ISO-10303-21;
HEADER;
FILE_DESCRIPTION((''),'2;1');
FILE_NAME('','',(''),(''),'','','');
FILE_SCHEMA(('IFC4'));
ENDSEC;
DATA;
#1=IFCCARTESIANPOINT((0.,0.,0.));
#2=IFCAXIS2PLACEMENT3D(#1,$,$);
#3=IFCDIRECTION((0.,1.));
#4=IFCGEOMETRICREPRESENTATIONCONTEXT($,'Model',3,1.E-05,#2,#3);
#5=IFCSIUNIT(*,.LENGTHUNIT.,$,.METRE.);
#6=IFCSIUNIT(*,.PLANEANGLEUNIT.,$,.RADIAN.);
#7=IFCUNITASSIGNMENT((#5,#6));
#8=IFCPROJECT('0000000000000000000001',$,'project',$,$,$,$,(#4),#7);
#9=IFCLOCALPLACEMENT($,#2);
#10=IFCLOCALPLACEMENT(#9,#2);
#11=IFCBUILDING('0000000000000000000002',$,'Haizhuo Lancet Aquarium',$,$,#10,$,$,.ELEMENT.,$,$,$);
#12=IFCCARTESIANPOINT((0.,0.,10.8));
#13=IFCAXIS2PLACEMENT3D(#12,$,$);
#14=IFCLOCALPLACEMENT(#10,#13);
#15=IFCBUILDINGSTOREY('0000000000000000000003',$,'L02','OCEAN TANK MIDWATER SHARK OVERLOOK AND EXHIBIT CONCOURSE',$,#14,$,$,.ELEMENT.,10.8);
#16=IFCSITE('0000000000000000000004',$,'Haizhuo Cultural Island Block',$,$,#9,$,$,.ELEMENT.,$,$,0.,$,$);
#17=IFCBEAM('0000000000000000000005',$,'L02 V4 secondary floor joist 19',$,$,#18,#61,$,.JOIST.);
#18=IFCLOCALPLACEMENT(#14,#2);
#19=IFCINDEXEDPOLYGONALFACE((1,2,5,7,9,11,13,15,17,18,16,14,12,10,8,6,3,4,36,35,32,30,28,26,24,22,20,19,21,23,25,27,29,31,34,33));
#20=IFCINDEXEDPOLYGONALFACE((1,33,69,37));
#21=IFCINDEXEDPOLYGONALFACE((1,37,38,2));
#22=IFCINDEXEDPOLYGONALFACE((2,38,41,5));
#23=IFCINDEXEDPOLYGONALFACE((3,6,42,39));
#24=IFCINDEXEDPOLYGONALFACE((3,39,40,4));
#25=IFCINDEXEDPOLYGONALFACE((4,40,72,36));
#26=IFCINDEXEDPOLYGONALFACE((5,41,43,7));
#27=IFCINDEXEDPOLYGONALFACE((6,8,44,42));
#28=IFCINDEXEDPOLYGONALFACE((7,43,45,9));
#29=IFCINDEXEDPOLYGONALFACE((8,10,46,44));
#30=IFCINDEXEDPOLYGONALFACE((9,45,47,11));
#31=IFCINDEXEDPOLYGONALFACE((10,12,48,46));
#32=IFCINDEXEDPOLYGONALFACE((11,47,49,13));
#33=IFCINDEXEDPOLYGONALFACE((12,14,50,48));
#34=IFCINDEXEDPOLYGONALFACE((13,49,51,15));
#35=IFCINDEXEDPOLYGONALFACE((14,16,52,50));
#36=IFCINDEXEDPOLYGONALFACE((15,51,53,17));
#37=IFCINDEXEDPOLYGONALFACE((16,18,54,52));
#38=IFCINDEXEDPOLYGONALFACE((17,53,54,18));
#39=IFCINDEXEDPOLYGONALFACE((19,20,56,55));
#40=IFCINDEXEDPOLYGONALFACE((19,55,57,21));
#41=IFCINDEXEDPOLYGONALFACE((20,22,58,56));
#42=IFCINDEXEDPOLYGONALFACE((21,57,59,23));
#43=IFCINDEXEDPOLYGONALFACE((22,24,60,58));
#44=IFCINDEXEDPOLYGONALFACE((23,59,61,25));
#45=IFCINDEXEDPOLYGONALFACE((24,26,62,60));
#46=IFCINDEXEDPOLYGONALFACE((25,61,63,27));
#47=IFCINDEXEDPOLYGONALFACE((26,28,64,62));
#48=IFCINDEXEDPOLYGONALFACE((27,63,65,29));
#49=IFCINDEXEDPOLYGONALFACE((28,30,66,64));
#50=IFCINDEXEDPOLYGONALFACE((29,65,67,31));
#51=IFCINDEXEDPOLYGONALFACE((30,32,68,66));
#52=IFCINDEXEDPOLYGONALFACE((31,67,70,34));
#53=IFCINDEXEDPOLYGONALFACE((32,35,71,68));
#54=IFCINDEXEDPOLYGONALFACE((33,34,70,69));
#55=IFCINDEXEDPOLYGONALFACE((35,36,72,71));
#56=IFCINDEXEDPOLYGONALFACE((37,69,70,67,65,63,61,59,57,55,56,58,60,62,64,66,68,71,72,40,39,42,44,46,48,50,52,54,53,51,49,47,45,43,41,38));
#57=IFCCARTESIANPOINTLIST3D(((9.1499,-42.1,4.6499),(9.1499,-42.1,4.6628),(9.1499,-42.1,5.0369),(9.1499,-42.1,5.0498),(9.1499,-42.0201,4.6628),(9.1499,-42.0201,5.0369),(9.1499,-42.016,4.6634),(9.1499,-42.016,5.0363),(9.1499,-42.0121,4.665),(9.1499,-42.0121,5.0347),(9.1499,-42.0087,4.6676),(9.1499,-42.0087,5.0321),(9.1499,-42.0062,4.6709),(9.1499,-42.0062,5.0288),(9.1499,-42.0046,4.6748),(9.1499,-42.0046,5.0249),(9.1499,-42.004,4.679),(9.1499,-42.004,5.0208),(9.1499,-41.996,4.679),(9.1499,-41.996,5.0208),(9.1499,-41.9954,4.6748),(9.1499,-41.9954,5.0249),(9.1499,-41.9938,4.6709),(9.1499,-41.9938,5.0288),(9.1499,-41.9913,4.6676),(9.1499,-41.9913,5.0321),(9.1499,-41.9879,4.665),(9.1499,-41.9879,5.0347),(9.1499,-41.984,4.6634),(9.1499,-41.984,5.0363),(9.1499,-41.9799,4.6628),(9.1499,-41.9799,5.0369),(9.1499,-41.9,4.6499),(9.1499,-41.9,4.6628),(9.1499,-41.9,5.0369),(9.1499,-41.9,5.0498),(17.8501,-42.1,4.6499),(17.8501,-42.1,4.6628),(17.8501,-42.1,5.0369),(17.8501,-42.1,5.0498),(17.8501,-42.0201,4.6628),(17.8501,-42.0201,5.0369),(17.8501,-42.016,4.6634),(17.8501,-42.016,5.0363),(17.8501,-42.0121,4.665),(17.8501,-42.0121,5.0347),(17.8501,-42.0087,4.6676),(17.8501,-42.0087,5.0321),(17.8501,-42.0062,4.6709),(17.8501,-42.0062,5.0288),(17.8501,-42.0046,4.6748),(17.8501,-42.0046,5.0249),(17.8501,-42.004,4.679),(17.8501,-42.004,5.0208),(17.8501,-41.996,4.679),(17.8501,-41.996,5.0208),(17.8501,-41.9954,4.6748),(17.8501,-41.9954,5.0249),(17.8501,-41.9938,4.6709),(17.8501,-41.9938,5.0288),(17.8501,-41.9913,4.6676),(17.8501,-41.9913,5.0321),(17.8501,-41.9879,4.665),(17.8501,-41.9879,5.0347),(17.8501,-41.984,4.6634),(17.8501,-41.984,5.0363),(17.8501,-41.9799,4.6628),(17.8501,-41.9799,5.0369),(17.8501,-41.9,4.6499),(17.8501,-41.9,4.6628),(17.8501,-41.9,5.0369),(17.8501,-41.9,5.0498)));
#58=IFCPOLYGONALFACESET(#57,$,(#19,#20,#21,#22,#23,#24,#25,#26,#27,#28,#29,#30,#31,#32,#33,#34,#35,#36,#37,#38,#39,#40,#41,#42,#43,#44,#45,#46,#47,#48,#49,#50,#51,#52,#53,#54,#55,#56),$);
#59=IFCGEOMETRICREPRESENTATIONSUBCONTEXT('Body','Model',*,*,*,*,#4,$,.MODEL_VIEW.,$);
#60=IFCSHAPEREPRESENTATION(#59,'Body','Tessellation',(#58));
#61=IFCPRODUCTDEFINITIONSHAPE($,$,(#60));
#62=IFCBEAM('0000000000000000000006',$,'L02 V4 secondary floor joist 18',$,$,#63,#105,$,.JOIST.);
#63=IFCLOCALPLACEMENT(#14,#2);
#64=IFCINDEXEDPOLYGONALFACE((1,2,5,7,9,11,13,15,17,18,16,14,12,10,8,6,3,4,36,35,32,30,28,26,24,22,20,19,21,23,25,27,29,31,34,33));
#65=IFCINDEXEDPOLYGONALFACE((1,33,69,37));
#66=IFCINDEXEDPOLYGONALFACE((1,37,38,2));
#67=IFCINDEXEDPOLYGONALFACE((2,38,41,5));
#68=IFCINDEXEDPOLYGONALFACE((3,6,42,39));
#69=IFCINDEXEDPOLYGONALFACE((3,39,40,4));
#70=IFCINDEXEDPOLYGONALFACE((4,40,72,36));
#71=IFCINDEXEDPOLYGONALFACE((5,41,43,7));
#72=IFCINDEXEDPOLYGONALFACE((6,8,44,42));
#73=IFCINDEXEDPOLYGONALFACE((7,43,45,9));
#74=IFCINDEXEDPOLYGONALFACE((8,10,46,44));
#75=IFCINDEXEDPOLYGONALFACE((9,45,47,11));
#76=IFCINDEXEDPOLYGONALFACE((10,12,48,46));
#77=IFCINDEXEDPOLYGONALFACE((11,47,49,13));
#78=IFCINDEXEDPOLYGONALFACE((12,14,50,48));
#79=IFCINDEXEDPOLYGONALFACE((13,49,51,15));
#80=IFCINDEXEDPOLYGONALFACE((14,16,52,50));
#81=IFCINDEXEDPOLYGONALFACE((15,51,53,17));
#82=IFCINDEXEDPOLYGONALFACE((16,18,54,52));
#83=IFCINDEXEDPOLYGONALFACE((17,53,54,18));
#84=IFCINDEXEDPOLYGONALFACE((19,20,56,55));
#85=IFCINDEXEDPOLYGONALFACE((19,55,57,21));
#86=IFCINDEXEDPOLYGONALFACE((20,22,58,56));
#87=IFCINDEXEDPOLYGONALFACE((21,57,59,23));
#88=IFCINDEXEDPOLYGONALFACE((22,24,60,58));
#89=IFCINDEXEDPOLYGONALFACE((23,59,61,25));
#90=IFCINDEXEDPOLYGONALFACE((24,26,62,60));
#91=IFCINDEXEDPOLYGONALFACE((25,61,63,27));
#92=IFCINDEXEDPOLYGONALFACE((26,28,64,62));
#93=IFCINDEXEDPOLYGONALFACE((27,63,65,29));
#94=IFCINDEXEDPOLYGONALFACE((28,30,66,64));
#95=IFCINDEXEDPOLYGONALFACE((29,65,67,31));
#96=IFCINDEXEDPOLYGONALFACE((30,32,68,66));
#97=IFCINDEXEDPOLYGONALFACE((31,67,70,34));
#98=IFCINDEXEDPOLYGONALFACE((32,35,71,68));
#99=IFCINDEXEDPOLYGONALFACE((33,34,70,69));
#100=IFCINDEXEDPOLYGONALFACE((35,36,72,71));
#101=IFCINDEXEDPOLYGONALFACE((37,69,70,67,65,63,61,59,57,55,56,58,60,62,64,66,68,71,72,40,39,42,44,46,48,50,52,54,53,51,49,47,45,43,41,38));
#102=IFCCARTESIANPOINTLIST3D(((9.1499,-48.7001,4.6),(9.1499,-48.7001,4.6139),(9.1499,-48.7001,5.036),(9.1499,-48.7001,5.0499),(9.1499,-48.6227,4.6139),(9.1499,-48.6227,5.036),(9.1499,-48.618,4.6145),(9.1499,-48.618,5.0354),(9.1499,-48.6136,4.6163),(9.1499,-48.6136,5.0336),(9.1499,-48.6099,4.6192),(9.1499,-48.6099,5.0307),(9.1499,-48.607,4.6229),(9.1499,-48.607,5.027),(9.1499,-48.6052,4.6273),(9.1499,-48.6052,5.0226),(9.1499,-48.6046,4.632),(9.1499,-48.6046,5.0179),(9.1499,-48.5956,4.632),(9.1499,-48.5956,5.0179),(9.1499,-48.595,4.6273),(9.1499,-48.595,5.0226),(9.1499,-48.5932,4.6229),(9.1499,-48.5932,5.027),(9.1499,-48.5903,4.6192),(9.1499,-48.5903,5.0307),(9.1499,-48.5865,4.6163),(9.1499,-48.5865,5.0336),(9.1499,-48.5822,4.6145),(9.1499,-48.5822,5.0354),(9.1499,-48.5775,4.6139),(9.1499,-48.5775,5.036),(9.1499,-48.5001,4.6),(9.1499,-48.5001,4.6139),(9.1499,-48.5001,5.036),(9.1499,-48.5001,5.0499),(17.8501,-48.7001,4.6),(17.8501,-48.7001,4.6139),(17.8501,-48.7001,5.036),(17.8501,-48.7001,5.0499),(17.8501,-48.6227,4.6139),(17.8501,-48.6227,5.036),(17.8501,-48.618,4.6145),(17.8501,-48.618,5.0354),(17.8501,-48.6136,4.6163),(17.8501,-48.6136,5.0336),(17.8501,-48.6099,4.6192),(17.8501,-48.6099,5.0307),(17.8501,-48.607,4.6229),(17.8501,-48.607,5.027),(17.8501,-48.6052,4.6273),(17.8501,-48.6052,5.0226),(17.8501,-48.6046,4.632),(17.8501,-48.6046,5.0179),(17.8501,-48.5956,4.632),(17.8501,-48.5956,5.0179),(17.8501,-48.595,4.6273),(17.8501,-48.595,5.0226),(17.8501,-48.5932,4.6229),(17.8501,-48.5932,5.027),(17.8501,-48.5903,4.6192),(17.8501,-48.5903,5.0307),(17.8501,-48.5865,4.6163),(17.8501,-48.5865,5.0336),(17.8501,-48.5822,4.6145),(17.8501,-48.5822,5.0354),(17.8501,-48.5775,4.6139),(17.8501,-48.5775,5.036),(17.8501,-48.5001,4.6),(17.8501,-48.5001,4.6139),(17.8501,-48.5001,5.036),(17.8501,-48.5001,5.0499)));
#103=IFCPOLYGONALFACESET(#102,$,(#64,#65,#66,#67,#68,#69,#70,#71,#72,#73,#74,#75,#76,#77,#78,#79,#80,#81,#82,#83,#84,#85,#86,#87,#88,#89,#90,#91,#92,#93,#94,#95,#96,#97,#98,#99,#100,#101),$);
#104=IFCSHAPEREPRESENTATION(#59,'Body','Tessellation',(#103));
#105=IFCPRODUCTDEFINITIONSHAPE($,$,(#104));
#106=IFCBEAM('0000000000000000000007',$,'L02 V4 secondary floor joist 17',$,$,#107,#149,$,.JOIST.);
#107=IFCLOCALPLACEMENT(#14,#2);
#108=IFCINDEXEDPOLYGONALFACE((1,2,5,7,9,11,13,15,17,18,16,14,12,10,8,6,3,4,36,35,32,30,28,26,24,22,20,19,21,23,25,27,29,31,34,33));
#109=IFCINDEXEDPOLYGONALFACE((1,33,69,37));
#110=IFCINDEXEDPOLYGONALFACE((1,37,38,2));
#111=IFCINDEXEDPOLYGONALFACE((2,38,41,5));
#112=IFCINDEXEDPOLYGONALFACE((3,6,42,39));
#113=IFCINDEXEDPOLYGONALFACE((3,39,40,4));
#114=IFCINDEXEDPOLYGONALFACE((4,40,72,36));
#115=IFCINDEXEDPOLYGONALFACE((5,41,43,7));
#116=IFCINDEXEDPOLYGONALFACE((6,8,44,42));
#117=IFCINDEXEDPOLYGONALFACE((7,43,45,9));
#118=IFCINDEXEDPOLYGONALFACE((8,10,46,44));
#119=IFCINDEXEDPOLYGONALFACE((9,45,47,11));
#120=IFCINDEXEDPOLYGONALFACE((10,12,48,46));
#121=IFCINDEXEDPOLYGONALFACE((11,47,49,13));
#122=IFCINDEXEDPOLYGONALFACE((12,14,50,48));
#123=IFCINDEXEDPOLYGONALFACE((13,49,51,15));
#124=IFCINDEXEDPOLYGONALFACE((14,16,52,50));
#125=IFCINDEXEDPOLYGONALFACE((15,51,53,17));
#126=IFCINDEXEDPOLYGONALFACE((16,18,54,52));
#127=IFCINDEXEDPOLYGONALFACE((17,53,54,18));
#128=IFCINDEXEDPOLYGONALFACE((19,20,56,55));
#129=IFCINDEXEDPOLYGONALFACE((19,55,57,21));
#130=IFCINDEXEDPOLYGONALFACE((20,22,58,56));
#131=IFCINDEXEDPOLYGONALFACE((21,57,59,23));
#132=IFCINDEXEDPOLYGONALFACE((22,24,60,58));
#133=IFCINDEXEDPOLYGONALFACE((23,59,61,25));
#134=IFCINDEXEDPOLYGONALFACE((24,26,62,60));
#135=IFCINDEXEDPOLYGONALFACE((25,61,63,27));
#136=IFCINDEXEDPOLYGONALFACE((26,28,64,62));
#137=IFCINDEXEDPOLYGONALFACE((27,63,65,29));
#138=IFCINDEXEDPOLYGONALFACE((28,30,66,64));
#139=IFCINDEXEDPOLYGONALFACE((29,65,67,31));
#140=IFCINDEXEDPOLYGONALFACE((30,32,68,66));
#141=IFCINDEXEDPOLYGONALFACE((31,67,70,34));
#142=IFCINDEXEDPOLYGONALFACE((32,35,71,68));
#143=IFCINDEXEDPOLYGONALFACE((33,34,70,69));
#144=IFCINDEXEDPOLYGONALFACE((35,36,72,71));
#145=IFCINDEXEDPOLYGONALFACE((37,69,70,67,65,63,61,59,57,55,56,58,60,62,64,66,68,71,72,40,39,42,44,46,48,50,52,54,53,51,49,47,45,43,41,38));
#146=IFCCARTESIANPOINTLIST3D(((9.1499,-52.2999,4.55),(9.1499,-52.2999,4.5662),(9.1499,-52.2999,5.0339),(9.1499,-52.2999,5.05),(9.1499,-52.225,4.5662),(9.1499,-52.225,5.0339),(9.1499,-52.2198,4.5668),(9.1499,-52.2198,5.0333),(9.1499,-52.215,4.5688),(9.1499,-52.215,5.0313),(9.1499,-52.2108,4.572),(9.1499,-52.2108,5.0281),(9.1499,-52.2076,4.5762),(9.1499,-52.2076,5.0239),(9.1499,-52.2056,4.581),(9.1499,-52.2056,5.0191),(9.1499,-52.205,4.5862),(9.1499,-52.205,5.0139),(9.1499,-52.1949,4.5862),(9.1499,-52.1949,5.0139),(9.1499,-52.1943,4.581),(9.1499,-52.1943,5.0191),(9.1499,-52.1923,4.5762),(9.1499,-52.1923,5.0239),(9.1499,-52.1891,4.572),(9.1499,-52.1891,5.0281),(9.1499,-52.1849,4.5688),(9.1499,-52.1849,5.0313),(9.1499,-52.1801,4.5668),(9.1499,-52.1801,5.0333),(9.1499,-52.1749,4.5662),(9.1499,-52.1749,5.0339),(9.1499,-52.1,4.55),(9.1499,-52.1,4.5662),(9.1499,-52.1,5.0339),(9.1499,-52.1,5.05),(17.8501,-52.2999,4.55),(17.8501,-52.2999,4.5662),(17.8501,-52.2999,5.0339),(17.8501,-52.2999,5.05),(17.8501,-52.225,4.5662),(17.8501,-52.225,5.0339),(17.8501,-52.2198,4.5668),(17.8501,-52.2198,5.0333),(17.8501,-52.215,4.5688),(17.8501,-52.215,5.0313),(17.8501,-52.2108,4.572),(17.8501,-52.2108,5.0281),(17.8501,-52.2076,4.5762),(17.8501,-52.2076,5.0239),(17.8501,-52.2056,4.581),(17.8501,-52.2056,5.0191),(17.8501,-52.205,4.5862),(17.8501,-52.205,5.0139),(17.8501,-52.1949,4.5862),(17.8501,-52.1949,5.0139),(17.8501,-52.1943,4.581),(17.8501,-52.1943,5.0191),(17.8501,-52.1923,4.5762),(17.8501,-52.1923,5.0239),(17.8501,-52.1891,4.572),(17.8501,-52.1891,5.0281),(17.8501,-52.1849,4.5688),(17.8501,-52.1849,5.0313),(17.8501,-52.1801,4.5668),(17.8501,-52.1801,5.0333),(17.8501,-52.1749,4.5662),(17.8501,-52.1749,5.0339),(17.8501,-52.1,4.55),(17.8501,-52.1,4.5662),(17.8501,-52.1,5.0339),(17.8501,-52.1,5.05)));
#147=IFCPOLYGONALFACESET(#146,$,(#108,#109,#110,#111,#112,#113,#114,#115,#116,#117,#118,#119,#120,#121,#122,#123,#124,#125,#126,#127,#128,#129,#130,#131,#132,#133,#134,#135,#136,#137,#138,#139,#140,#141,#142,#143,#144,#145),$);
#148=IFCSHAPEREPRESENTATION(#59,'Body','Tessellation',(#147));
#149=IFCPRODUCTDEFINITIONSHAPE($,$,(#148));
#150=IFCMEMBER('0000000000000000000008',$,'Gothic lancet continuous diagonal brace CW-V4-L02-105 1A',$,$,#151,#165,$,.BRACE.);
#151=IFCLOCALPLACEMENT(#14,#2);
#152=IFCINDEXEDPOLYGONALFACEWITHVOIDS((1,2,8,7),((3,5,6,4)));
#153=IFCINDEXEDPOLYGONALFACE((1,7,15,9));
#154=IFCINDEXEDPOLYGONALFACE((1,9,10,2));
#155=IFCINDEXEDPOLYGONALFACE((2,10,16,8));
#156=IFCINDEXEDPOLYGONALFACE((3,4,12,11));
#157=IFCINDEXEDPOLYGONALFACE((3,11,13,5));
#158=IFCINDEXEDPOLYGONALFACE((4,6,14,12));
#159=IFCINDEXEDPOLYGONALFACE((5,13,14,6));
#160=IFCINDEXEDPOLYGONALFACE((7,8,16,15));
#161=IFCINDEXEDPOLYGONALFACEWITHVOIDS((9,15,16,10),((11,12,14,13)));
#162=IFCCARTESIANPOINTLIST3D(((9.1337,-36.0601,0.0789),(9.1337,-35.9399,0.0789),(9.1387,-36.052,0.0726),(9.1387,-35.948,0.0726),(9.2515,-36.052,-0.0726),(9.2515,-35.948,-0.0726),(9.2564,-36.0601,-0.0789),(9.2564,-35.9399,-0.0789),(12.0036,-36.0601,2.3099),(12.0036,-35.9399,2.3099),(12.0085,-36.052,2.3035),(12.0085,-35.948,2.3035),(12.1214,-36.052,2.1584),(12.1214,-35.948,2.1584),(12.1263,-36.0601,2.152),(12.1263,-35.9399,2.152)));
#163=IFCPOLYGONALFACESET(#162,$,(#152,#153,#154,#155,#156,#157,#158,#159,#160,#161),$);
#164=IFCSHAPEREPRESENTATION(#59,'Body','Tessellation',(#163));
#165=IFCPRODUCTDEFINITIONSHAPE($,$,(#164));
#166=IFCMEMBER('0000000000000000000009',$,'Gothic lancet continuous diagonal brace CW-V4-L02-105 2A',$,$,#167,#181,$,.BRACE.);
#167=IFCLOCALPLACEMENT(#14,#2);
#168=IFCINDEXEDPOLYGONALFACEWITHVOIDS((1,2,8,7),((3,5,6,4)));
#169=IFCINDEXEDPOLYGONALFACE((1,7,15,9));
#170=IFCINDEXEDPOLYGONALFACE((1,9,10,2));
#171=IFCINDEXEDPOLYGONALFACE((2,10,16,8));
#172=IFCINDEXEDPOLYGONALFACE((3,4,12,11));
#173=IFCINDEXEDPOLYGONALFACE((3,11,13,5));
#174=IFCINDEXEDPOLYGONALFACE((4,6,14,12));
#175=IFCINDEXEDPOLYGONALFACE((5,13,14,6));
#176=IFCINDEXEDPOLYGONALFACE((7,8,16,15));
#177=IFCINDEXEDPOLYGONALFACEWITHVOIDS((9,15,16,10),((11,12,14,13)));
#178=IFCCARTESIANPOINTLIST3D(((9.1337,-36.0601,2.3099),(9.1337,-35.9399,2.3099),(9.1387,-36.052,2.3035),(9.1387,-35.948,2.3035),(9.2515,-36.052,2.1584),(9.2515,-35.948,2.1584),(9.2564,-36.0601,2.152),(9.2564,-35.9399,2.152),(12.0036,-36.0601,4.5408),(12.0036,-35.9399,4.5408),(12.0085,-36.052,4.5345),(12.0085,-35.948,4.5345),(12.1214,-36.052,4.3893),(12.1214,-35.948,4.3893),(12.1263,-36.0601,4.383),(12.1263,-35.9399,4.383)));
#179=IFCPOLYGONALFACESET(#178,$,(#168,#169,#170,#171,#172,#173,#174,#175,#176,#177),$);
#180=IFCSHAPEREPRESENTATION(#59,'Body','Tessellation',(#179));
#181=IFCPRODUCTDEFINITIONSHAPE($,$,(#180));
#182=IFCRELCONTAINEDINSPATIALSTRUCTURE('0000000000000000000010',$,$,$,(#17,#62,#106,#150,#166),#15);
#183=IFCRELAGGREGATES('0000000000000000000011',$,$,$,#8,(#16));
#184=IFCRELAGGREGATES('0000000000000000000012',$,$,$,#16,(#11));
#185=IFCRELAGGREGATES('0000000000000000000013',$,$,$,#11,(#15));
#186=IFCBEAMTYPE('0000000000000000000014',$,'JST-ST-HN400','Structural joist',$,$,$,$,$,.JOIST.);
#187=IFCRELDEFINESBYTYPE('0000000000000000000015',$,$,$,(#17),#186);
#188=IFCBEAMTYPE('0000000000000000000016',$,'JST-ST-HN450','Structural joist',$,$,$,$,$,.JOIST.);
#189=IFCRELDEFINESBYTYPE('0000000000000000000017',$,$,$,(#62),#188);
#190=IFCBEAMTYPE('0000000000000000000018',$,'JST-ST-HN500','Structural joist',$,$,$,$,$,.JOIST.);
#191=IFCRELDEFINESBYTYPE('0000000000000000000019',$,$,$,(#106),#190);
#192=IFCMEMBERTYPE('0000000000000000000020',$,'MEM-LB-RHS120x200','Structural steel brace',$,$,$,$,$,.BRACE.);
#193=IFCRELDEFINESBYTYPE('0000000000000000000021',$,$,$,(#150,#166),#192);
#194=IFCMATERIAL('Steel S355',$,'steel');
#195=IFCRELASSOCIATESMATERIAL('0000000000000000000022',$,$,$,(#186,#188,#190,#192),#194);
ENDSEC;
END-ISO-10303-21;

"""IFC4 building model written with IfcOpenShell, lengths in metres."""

from ifc_helpers import new_model, si_unit, direction, frame, origin, origin_2d, place, context, subcontext, project, spatial, hollow_rectangle, i_section, extrude, material, material_profile, profile_set, type_object, element, save


model = new_model("IFC4")

# Units and contexts
model_context = context("Model", 3, precision=1e-05, world=origin(), true_north=direction((0.0, 1.0)))
body_context = subcontext(model_context, "Body", "Model", "MODEL_VIEW")
ifc_project = project(units=[si_unit("LENGTHUNIT", "METRE"), si_unit("PLANEANGLEUNIT", "RADIAN")], contexts=[model_context])

# Site, building, storey
site_placement = place(None, origin())
site = spatial("IfcSite", under=ifc_project, at=site_placement, Name="Haizhuo Cultural Island Block", CompositionType="ELEMENT", RefElevation=0.0)
building_placement = place(site_placement, origin())
building = spatial("IfcBuilding", under=site, at=building_placement, Name="Haizhuo Lancet Aquarium", CompositionType="ELEMENT")
storey_placement = place(building_placement, frame((0.0, 0.0, 10.8)))
storey = spatial("IfcBuildingStorey", under=building, at=storey_placement, Name="L02", Description="OCEAN TANK MIDWATER SHARK OVERLOOK AND EXHIBIT CONCOURSE", CompositionType="ELEMENT", Elevation=10.8)

# Shared definitions
ifc_material_1 = material(Name="Steel S355", Category="steel")

# Beams
ifc_material_profile_1 = material_profile(ifc_material_1, i_section(OverallWidth=0.2, OverallDepth=0.3999, WebThickness=0.0081, FlangeThickness=0.0129, FilletRadius=0.0161, at=origin_2d()), Name="HN 400x200x8x13")
ifc_profile_set_1 = profile_set([ifc_material_profile_1], Name="Steel S355")
beam_type_1 = type_object("IfcBeamType", Name="JST-ST-HN400", Description="Structural joist", PredefinedType="JOIST", material=ifc_profile_set_1)
beam_1_placement = place(storey_placement, frame((9.1499, -42.0, 4.8499), z_axis=(1.0, 0.0, 0.0), x_axis=(0.0, 1.0, 0.0)))
element("IfcBeam", 1, at=beam_1_placement, inside=storey, type_object=beam_type_1, Name="L02 V4 secondary floor joist 19", PredefinedType="JOIST", context=body_context, shape_type="SweptSolid", body=[
    extrude(i_section(OverallWidth=0.2, OverallDepth=0.3999, WebThickness=0.0081, FlangeThickness=0.0129, FilletRadius=0.0161, at=origin_2d()), origin(), (0.0, 0.0, 1.0), 8.7002),
])
ifc_material_profile_2 = material_profile(ifc_material_1, i_section(OverallWidth=0.2, OverallDepth=0.45, WebThickness=0.009, FlangeThickness=0.0139, FilletRadius=0.0181, at=origin_2d()), Name="HN 450x200x9x14")
ifc_profile_set_2 = profile_set([ifc_material_profile_2], Name="Steel S355")
beam_type_2 = type_object("IfcBeamType", Name="JST-ST-HN450", Description="Structural joist", PredefinedType="JOIST", material=ifc_profile_set_2)
beam_2_placement = place(storey_placement, frame((9.1499, -48.6001, 4.825), z_axis=(1.0, 0.0, 0.0), x_axis=(0.0, 1.0, 0.0)))
element("IfcBeam", 2, at=beam_2_placement, inside=storey, type_object=beam_type_2, Name="L02 V4 secondary floor joist 18", PredefinedType="JOIST", context=body_context, shape_type="SweptSolid", body=[
    extrude(i_section(OverallWidth=0.2, OverallDepth=0.45, WebThickness=0.009, FlangeThickness=0.0139, FilletRadius=0.0181, at=origin_2d()), origin(), (0.0, 0.0, 1.0), 8.7002),
])
ifc_material_profile_3 = material_profile(ifc_material_1, i_section(OverallWidth=0.2, OverallDepth=0.5, WebThickness=0.01, FlangeThickness=0.0161, FilletRadius=0.02, at=origin_2d()), Name="HN 500x200x10x16")
ifc_profile_set_3 = profile_set([ifc_material_profile_3], Name="Steel S355")
beam_type_3 = type_object("IfcBeamType", Name="JST-ST-HN500", Description="Structural joist", PredefinedType="JOIST", material=ifc_profile_set_3)
beam_3_placement = place(storey_placement, frame((9.1499, -52.2, 4.8), z_axis=(1.0, 0.0, 0.0), x_axis=(0.0, 1.0, 0.0)))
element("IfcBeam", 3, at=beam_3_placement, inside=storey, type_object=beam_type_3, Name="L02 V4 secondary floor joist 17", PredefinedType="JOIST", context=body_context, shape_type="SweptSolid", body=[
    extrude(i_section(OverallWidth=0.2, OverallDepth=0.5, WebThickness=0.01, FlangeThickness=0.0161, FilletRadius=0.02, at=origin_2d()), origin(), (0.0, 0.0, 1.0), 8.7002),
])

# Members
ifc_material_profile_4 = material_profile(ifc_material_1, hollow_rectangle(XDim=0.1201, YDim=0.2, WallThickness=0.0081, at=origin_2d()), Name="RHS 120x200x8")
ifc_profile_set_4 = profile_set([ifc_material_profile_4], Name="Steel S355")
member_type_1 = type_object("IfcMemberType", Name="MEM-LB-RHS120x200", Description="Structural steel brace", PredefinedType="BRACE", material=ifc_profile_set_4)
for number, where, z_axis, x_axis, name in (
    (4, (9.1951, -36.0, 0.0), (0.789508, 0.0, 0.613741), (0.0, 1.0, 0.0), "Gothic lancet continuous diagonal brace CW-V4-L02-105 1A"),
    (5, (9.1951, -36.0, 2.231), (0.789508, 0.0, 0.613741), (0.0, 1.0, 0.0), "Gothic lancet continuous diagonal brace CW-V4-L02-105 2A"),
):
    element("IfcMember", number, at=place(storey_placement, frame(where, z_axis=z_axis, x_axis=x_axis)), inside=storey, type_object=member_type_1, Name=name, PredefinedType="BRACE", context=body_context, shape_type="SweptSolid", body=[
        extrude(hollow_rectangle(XDim=0.1201, YDim=0.2, WallThickness=0.0081, at=origin_2d()), origin(), (0.0, 0.0, 1.0), 3.635),
    ])

save(model, "model.ifc")
